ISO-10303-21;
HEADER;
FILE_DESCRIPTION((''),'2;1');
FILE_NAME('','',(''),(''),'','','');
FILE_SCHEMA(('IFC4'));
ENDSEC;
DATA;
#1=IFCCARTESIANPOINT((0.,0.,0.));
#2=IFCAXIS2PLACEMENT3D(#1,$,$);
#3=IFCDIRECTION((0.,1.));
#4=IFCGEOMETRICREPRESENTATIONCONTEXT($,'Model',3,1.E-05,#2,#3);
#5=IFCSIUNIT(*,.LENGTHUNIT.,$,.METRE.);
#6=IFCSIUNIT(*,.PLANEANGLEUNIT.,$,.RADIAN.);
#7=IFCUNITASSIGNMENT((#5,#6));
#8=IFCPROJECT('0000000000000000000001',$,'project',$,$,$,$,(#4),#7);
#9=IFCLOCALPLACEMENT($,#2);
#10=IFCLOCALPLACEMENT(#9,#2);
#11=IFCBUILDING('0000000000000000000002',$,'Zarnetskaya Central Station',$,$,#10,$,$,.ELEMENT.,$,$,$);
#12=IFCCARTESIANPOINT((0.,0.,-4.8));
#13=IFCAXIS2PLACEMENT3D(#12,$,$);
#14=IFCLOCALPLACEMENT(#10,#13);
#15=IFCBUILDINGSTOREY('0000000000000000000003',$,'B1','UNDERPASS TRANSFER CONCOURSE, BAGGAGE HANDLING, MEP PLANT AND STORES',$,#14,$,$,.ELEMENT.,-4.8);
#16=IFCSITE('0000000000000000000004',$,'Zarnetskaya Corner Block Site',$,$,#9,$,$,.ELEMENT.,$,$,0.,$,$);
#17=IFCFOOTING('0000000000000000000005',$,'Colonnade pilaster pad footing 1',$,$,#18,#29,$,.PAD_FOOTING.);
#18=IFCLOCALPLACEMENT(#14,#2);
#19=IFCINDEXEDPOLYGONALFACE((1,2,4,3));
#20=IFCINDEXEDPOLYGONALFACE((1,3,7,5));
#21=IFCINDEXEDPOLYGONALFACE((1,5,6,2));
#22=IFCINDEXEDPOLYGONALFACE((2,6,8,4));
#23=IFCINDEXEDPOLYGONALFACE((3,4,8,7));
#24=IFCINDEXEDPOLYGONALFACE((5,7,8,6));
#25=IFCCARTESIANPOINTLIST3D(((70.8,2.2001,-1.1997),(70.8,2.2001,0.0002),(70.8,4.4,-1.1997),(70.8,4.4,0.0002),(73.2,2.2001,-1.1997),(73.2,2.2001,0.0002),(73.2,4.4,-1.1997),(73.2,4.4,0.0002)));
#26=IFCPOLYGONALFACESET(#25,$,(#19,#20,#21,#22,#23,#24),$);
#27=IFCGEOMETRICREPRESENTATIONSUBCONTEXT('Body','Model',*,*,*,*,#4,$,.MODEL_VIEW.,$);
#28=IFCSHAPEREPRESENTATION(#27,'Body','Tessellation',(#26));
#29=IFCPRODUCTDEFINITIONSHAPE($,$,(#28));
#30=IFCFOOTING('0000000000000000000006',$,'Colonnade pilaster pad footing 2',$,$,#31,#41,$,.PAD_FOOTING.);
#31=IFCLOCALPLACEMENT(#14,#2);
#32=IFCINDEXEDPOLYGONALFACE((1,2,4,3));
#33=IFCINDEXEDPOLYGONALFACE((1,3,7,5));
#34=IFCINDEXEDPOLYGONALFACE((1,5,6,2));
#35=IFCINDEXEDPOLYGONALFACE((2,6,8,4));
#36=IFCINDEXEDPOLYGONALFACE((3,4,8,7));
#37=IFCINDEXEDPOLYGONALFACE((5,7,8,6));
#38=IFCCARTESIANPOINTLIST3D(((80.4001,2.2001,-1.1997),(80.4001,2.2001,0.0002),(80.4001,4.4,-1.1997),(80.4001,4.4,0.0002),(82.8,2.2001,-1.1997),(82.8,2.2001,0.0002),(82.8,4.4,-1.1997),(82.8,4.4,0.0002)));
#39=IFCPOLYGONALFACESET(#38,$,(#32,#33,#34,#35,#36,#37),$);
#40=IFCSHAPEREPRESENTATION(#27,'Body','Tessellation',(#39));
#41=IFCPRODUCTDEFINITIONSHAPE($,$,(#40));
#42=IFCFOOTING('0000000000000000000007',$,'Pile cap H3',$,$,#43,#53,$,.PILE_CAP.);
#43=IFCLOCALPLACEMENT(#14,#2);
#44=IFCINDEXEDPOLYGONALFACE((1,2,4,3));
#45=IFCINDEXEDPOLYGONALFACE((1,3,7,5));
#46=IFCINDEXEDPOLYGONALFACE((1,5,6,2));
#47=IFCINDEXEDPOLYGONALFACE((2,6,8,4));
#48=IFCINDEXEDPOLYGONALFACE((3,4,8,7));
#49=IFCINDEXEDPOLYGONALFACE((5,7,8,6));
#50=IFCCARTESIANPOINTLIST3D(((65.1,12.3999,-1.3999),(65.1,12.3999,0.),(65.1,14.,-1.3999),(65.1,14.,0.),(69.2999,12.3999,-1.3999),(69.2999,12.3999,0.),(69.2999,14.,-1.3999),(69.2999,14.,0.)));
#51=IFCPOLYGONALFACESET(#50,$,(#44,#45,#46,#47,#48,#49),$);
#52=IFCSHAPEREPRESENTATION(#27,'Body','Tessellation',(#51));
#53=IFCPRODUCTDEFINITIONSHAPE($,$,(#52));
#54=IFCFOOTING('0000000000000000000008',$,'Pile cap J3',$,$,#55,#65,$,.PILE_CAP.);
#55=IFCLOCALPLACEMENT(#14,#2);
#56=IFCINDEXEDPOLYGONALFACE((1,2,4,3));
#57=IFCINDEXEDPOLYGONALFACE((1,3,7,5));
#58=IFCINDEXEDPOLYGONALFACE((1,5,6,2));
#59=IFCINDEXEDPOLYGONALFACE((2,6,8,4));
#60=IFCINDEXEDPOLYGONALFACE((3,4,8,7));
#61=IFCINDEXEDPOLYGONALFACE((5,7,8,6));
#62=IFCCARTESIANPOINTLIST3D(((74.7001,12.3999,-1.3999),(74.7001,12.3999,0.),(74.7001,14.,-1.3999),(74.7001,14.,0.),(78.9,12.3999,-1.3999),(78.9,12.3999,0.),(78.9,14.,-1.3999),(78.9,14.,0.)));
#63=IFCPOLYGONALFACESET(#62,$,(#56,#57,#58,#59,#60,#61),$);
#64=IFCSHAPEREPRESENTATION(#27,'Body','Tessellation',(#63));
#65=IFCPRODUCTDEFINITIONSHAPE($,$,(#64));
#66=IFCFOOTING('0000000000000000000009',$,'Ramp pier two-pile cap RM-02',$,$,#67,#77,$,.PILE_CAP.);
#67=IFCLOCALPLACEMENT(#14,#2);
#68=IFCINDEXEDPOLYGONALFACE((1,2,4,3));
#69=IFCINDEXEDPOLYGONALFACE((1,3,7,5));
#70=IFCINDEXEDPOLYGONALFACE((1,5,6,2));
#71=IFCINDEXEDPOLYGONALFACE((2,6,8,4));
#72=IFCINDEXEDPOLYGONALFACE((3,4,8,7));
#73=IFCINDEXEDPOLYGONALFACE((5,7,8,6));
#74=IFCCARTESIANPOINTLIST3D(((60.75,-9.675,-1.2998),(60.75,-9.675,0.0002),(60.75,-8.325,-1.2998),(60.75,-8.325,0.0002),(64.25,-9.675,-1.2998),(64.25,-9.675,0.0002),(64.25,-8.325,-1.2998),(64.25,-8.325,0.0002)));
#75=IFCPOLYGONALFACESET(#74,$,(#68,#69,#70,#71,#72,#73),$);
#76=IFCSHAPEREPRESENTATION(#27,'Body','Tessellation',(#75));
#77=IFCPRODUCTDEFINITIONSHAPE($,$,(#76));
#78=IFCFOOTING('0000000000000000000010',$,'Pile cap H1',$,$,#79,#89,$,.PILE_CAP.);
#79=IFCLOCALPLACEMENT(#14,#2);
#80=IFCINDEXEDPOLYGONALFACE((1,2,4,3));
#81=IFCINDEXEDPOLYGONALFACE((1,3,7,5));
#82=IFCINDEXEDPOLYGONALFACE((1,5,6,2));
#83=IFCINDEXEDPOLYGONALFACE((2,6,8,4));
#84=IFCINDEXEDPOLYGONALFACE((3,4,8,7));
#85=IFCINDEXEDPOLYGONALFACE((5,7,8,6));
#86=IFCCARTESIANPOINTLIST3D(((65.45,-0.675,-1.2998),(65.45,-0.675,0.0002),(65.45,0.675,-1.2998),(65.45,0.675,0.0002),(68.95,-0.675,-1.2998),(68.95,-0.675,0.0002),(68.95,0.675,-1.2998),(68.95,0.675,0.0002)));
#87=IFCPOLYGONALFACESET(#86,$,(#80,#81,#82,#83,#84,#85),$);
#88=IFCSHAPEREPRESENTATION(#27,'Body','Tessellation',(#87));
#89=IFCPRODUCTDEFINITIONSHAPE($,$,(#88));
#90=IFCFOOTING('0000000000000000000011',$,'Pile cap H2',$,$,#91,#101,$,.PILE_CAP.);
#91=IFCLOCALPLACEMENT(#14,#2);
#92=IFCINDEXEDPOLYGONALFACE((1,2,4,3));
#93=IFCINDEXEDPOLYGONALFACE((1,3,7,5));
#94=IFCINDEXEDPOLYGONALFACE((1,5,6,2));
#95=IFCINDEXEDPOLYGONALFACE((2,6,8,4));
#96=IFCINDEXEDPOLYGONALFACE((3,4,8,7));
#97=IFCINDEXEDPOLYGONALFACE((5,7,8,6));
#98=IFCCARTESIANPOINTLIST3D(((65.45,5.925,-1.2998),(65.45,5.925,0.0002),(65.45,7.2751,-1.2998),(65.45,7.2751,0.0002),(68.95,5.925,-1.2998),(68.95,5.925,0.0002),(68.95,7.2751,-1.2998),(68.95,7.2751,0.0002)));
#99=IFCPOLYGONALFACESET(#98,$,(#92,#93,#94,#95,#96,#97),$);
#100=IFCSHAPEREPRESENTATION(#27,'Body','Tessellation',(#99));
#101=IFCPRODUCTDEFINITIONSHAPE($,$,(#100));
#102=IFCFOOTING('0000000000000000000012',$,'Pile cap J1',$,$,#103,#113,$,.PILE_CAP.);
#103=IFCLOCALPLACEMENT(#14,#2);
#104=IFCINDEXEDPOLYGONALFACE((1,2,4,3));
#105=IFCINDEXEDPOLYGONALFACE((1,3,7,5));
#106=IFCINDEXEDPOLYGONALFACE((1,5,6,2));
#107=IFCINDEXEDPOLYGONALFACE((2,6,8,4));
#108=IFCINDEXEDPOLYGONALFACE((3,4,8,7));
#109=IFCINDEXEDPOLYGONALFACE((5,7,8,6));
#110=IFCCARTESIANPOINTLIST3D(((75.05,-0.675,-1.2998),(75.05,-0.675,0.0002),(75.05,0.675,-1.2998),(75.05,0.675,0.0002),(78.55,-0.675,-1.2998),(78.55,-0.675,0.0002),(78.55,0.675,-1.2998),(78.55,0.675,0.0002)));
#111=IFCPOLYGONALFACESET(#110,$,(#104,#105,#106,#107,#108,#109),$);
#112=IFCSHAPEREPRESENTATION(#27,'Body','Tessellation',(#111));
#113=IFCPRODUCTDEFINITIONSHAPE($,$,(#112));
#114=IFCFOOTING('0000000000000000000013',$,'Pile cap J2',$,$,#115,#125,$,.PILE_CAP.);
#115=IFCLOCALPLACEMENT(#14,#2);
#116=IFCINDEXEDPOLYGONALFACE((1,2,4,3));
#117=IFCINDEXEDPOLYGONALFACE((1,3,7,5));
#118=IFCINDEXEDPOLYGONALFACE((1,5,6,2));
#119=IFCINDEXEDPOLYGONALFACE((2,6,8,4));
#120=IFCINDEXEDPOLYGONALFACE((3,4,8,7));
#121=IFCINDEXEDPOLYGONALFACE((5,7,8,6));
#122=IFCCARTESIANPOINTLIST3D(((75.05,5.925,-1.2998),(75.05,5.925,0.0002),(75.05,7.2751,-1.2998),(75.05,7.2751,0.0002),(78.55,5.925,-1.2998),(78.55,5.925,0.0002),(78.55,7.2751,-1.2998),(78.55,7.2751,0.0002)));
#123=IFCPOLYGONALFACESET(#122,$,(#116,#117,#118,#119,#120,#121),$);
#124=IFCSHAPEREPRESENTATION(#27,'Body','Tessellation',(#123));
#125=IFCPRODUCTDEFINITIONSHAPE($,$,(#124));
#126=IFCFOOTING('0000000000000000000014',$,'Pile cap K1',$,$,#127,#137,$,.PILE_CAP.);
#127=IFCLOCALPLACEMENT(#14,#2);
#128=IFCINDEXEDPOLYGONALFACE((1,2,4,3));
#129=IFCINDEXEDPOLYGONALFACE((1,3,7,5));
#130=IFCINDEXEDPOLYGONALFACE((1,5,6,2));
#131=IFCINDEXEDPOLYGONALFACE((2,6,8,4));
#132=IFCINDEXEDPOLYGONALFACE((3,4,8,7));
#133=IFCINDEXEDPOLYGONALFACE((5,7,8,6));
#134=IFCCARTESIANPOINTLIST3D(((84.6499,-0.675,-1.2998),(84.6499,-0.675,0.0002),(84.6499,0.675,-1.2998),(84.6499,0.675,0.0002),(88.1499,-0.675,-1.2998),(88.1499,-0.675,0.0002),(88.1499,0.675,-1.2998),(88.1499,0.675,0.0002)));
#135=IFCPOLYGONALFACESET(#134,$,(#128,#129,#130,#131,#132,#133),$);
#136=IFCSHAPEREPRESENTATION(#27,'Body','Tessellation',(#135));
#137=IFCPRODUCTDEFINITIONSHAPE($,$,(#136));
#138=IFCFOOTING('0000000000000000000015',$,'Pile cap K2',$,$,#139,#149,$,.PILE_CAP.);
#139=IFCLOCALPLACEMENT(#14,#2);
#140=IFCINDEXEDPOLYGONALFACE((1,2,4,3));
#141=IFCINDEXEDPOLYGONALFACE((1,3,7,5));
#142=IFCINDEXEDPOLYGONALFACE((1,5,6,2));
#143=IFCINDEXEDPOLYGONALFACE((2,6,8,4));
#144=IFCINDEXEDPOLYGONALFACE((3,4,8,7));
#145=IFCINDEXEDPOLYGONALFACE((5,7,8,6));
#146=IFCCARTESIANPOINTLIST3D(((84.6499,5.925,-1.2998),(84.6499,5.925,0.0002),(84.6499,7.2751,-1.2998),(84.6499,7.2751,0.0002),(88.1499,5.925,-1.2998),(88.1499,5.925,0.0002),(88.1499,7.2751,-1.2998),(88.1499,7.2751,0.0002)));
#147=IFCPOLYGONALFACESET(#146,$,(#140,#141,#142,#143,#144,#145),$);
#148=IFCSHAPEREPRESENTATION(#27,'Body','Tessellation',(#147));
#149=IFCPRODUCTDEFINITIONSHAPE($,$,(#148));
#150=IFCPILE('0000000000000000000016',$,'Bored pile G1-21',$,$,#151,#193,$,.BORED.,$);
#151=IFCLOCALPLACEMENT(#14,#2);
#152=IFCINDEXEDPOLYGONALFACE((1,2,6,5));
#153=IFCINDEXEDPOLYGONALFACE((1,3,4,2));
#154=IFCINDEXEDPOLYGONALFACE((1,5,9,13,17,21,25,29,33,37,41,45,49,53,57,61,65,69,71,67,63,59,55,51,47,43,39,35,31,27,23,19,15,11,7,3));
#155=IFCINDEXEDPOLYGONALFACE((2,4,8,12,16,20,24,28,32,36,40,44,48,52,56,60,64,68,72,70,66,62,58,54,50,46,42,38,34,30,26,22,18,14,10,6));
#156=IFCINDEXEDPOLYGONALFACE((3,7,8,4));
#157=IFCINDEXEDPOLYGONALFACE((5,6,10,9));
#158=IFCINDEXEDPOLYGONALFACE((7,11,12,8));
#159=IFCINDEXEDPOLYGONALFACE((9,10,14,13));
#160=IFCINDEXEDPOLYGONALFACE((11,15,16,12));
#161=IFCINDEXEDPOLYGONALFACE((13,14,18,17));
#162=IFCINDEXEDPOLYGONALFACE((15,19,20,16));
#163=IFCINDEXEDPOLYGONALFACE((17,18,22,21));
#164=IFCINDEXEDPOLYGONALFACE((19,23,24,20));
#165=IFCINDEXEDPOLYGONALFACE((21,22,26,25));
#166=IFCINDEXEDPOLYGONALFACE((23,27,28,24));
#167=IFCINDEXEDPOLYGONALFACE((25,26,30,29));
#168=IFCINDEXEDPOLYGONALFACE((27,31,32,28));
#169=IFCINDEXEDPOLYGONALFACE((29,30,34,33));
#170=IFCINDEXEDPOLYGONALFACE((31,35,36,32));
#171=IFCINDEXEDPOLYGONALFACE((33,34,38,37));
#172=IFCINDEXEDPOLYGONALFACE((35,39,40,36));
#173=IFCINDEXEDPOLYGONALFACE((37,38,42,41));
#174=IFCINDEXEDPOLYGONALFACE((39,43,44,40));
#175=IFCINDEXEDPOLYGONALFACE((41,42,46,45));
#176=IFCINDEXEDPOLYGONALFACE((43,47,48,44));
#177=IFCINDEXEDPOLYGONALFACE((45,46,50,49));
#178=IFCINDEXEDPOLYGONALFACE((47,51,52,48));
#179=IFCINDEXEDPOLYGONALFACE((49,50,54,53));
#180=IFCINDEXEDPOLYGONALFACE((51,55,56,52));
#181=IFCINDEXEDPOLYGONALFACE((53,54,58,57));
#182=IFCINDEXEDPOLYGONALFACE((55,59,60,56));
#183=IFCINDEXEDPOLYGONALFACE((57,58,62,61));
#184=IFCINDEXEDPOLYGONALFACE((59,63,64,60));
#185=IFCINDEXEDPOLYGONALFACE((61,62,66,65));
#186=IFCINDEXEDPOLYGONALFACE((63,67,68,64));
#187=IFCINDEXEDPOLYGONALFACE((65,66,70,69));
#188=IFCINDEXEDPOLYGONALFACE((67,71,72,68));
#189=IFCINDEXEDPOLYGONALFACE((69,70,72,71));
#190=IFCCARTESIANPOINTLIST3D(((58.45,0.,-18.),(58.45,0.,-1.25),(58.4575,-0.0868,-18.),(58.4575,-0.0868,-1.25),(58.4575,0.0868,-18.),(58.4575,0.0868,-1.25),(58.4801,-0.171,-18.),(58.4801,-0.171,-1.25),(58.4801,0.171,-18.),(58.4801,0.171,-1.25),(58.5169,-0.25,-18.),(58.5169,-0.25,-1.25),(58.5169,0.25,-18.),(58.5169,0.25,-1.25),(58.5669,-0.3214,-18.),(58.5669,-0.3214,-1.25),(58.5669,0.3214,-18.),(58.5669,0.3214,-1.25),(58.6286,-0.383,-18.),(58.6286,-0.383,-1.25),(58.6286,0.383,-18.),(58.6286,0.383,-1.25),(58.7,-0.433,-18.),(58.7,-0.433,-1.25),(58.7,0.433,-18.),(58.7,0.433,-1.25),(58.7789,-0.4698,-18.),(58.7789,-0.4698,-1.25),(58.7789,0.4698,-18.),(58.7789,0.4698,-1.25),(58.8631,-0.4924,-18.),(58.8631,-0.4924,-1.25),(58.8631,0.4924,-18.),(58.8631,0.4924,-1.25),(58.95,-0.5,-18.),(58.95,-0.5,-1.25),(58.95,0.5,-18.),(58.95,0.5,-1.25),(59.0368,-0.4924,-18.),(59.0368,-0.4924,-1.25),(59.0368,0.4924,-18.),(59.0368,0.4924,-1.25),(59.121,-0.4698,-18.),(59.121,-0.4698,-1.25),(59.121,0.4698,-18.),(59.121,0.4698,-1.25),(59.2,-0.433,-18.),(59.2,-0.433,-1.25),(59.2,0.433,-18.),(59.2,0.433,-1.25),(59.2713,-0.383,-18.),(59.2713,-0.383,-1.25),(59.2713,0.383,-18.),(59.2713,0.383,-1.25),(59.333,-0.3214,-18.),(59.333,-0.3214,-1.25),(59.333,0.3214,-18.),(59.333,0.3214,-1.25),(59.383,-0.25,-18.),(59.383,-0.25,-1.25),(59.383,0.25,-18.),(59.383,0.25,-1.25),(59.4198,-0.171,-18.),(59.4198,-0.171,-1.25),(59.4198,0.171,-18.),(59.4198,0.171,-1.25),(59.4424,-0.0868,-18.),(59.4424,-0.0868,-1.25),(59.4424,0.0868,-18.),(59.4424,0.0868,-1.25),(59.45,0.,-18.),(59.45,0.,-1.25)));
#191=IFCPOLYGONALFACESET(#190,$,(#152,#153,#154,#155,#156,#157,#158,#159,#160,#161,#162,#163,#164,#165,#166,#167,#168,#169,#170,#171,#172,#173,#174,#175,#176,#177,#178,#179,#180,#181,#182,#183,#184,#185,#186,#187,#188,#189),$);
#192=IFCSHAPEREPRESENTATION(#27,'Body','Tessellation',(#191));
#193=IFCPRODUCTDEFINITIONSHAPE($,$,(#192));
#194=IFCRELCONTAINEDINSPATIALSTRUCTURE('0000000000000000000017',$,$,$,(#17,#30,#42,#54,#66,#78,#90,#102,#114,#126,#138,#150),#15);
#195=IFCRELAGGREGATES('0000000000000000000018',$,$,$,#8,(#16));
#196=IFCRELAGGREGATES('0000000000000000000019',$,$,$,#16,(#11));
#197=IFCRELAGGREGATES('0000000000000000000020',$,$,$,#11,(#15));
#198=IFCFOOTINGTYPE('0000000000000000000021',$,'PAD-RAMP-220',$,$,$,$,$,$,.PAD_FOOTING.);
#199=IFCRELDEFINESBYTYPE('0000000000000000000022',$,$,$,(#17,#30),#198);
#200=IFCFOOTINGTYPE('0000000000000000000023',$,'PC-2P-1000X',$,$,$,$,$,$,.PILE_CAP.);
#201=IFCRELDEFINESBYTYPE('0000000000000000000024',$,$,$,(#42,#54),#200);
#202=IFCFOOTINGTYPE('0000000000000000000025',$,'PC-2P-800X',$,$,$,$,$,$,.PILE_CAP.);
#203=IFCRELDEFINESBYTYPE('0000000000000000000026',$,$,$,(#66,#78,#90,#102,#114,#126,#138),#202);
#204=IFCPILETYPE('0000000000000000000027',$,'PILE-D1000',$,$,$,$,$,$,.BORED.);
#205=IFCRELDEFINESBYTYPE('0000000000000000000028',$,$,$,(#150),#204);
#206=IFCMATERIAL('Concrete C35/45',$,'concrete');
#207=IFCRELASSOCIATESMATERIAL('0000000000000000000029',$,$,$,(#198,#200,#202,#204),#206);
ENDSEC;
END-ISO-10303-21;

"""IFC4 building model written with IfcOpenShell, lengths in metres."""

from ifc_helpers import new_model, si_unit, direction, frame, origin, origin_2d, place, context, subcontext, project, spatial, rectangle, circle, extrude, material, material_profile, profile_set, type_object, element, save


model = new_model("IFC4")

# Units and contexts
model_context = context("Model", 3, precision=1e-05, world=origin(), true_north=direction((0.0, 1.0)))
body_context = subcontext(model_context, "Body", "Model", "MODEL_VIEW")
ifc_project = project(units=[si_unit("LENGTHUNIT", "METRE"), si_unit("PLANEANGLEUNIT", "RADIAN")], contexts=[model_context])

# Site, building, storey
site_placement = place(None, origin())
site = spatial("IfcSite", under=ifc_project, at=site_placement, Name="Zarnetskaya Corner Block Site", CompositionType="ELEMENT", RefElevation=0.0)
building_placement = place(site_placement, origin())
building = spatial("IfcBuilding", under=site, at=building_placement, Name="Zarnetskaya Central Station", CompositionType="ELEMENT")
storey_placement = place(building_placement, frame((0.0, 0.0, -4.8)))
storey = spatial("IfcBuildingStorey", under=building, at=storey_placement, Name="B1", Description="UNDERPASS TRANSFER CONCOURSE, BAGGAGE HANDLING, MEP PLANT AND STORES", CompositionType="ELEMENT", Elevation=-4.8)

# Footings
ifc_material_1 = material(Name="Concrete C35/45", Category="concrete")
footing_type_1 = type_object("IfcFootingType", Name="PAD-RAMP-220", PredefinedType="PAD_FOOTING", material=ifc_material_1)
for number, where, z_axis, x_axis, name in (
    (1, (72.0, 3.3, -1.1997), (0.0, 0.0, 1.0), (1.0, 0.0, 0.0), "Colonnade pilaster pad footing 1"),
    (2, (81.6001, 3.3, -1.1997), (0.0, 0.0, 1.0), (1.0, 0.0, 0.0), "Colonnade pilaster pad footing 2"),
):
    element("IfcFooting", number, at=place(storey_placement, frame(where, z_axis=z_axis, x_axis=x_axis)), inside=storey, type_object=footing_type_1, Name=name, PredefinedType="PAD_FOOTING", context=body_context, shape_type="SweptSolid", body=[
        extrude(rectangle(XDim=2.3999, YDim=2.2, at=origin_2d()), origin(), (0.0, 0.0, 1.0), 1.2),
    ])
footing_type_2 = type_object("IfcFootingType", Name="PC-2P-1000X", PredefinedType="PILE_CAP", material=ifc_material_1)
for number, where, z_axis, x_axis, name in (
    (3, (67.2, 13.2, -1.3999), (0.0, 0.0, 1.0), (1.0, 0.0, 0.0), "Pile cap H3"),
    (4, (76.8, 13.2, -1.3999), (0.0, 0.0, 1.0), (1.0, 0.0, 0.0), "Pile cap J3"),
):
    element("IfcFooting", number, at=place(storey_placement, frame(where, z_axis=z_axis, x_axis=x_axis)), inside=storey, type_object=footing_type_2, Name=name, PredefinedType="PILE_CAP", context=body_context, shape_type="SweptSolid", body=[
        extrude(rectangle(XDim=4.2, YDim=1.6001, at=origin_2d()), origin(), (0.0, 0.0, 1.0), 1.3999),
    ])
footing_type_3 = type_object("IfcFootingType", Name="PC-2P-800X", PredefinedType="PILE_CAP", material=ifc_material_1)
for number, where, z_axis, x_axis, name in (
    (5, (62.5, -9.0, -1.2998), (0.0, 0.0, 1.0), (1.0, 0.0, 0.0), "Ramp pier two-pile cap RM-02"),
    (6, (67.2, 0.0, -1.2998), (0.0, 0.0, 1.0), (1.0, 0.0, 0.0), "Pile cap H1"),
    (7, (67.2, 6.6001, -1.2998), (0.0, 0.0, 1.0), (1.0, 0.0, 0.0), "Pile cap H2"),
    (8, (76.8, 0.0, -1.2998), (0.0, 0.0, 1.0), (1.0, 0.0, 0.0), "Pile cap J1"),
    (9, (76.8, 6.6001, -1.2998), (0.0, 0.0, 1.0), (1.0, 0.0, 0.0), "Pile cap J2"),
    (10, (86.3999, 0.0, -1.2998), (0.0, 0.0, 1.0), (1.0, 0.0, 0.0), "Pile cap K1"),
    (11, (86.3999, 6.6001, -1.2998), (0.0, 0.0, 1.0), (1.0, 0.0, 0.0), "Pile cap K2"),
):
    element("IfcFooting", number, at=place(storey_placement, frame(where, z_axis=z_axis, x_axis=x_axis)), inside=storey, type_object=footing_type_3, Name=name, PredefinedType="PILE_CAP", context=body_context, shape_type="SweptSolid", body=[
        extrude(rectangle(XDim=3.5, YDim=1.3501, at=origin_2d()), origin(), (0.0, 0.0, 1.0), 1.3),
    ])

# Pile
ifc_material_profile_1 = material_profile(ifc_material_1, circle(Radius=0.5, at=origin_2d()), Name="BORED PILE D1000")
ifc_profile_set_1 = profile_set([ifc_material_profile_1], Name="Concrete C35/45")
pile_type_1 = type_object("IfcPileType", Name="PILE-D1000", PredefinedType="BORED", material=ifc_profile_set_1)
for number, where, z_axis, x_axis, name in (
    (12, (58.95, 0.0, -1.25), (0.0, 0.0, -1.0), (1.0, 0.0, 0.0), "Bored pile G1-21"),
):
    element("IfcPile", number, at=place(storey_placement, frame(where, z_axis=z_axis, x_axis=x_axis)), inside=storey, type_object=pile_type_1, Name=name, PredefinedType="BORED", context=body_context, shape_type="SweptSolid", body=[
        extrude(circle(Radius=0.5, at=origin_2d()), origin(), (0.0, 0.0, 1.0), 16.75),
    ])

save(model, "model.ifc")
